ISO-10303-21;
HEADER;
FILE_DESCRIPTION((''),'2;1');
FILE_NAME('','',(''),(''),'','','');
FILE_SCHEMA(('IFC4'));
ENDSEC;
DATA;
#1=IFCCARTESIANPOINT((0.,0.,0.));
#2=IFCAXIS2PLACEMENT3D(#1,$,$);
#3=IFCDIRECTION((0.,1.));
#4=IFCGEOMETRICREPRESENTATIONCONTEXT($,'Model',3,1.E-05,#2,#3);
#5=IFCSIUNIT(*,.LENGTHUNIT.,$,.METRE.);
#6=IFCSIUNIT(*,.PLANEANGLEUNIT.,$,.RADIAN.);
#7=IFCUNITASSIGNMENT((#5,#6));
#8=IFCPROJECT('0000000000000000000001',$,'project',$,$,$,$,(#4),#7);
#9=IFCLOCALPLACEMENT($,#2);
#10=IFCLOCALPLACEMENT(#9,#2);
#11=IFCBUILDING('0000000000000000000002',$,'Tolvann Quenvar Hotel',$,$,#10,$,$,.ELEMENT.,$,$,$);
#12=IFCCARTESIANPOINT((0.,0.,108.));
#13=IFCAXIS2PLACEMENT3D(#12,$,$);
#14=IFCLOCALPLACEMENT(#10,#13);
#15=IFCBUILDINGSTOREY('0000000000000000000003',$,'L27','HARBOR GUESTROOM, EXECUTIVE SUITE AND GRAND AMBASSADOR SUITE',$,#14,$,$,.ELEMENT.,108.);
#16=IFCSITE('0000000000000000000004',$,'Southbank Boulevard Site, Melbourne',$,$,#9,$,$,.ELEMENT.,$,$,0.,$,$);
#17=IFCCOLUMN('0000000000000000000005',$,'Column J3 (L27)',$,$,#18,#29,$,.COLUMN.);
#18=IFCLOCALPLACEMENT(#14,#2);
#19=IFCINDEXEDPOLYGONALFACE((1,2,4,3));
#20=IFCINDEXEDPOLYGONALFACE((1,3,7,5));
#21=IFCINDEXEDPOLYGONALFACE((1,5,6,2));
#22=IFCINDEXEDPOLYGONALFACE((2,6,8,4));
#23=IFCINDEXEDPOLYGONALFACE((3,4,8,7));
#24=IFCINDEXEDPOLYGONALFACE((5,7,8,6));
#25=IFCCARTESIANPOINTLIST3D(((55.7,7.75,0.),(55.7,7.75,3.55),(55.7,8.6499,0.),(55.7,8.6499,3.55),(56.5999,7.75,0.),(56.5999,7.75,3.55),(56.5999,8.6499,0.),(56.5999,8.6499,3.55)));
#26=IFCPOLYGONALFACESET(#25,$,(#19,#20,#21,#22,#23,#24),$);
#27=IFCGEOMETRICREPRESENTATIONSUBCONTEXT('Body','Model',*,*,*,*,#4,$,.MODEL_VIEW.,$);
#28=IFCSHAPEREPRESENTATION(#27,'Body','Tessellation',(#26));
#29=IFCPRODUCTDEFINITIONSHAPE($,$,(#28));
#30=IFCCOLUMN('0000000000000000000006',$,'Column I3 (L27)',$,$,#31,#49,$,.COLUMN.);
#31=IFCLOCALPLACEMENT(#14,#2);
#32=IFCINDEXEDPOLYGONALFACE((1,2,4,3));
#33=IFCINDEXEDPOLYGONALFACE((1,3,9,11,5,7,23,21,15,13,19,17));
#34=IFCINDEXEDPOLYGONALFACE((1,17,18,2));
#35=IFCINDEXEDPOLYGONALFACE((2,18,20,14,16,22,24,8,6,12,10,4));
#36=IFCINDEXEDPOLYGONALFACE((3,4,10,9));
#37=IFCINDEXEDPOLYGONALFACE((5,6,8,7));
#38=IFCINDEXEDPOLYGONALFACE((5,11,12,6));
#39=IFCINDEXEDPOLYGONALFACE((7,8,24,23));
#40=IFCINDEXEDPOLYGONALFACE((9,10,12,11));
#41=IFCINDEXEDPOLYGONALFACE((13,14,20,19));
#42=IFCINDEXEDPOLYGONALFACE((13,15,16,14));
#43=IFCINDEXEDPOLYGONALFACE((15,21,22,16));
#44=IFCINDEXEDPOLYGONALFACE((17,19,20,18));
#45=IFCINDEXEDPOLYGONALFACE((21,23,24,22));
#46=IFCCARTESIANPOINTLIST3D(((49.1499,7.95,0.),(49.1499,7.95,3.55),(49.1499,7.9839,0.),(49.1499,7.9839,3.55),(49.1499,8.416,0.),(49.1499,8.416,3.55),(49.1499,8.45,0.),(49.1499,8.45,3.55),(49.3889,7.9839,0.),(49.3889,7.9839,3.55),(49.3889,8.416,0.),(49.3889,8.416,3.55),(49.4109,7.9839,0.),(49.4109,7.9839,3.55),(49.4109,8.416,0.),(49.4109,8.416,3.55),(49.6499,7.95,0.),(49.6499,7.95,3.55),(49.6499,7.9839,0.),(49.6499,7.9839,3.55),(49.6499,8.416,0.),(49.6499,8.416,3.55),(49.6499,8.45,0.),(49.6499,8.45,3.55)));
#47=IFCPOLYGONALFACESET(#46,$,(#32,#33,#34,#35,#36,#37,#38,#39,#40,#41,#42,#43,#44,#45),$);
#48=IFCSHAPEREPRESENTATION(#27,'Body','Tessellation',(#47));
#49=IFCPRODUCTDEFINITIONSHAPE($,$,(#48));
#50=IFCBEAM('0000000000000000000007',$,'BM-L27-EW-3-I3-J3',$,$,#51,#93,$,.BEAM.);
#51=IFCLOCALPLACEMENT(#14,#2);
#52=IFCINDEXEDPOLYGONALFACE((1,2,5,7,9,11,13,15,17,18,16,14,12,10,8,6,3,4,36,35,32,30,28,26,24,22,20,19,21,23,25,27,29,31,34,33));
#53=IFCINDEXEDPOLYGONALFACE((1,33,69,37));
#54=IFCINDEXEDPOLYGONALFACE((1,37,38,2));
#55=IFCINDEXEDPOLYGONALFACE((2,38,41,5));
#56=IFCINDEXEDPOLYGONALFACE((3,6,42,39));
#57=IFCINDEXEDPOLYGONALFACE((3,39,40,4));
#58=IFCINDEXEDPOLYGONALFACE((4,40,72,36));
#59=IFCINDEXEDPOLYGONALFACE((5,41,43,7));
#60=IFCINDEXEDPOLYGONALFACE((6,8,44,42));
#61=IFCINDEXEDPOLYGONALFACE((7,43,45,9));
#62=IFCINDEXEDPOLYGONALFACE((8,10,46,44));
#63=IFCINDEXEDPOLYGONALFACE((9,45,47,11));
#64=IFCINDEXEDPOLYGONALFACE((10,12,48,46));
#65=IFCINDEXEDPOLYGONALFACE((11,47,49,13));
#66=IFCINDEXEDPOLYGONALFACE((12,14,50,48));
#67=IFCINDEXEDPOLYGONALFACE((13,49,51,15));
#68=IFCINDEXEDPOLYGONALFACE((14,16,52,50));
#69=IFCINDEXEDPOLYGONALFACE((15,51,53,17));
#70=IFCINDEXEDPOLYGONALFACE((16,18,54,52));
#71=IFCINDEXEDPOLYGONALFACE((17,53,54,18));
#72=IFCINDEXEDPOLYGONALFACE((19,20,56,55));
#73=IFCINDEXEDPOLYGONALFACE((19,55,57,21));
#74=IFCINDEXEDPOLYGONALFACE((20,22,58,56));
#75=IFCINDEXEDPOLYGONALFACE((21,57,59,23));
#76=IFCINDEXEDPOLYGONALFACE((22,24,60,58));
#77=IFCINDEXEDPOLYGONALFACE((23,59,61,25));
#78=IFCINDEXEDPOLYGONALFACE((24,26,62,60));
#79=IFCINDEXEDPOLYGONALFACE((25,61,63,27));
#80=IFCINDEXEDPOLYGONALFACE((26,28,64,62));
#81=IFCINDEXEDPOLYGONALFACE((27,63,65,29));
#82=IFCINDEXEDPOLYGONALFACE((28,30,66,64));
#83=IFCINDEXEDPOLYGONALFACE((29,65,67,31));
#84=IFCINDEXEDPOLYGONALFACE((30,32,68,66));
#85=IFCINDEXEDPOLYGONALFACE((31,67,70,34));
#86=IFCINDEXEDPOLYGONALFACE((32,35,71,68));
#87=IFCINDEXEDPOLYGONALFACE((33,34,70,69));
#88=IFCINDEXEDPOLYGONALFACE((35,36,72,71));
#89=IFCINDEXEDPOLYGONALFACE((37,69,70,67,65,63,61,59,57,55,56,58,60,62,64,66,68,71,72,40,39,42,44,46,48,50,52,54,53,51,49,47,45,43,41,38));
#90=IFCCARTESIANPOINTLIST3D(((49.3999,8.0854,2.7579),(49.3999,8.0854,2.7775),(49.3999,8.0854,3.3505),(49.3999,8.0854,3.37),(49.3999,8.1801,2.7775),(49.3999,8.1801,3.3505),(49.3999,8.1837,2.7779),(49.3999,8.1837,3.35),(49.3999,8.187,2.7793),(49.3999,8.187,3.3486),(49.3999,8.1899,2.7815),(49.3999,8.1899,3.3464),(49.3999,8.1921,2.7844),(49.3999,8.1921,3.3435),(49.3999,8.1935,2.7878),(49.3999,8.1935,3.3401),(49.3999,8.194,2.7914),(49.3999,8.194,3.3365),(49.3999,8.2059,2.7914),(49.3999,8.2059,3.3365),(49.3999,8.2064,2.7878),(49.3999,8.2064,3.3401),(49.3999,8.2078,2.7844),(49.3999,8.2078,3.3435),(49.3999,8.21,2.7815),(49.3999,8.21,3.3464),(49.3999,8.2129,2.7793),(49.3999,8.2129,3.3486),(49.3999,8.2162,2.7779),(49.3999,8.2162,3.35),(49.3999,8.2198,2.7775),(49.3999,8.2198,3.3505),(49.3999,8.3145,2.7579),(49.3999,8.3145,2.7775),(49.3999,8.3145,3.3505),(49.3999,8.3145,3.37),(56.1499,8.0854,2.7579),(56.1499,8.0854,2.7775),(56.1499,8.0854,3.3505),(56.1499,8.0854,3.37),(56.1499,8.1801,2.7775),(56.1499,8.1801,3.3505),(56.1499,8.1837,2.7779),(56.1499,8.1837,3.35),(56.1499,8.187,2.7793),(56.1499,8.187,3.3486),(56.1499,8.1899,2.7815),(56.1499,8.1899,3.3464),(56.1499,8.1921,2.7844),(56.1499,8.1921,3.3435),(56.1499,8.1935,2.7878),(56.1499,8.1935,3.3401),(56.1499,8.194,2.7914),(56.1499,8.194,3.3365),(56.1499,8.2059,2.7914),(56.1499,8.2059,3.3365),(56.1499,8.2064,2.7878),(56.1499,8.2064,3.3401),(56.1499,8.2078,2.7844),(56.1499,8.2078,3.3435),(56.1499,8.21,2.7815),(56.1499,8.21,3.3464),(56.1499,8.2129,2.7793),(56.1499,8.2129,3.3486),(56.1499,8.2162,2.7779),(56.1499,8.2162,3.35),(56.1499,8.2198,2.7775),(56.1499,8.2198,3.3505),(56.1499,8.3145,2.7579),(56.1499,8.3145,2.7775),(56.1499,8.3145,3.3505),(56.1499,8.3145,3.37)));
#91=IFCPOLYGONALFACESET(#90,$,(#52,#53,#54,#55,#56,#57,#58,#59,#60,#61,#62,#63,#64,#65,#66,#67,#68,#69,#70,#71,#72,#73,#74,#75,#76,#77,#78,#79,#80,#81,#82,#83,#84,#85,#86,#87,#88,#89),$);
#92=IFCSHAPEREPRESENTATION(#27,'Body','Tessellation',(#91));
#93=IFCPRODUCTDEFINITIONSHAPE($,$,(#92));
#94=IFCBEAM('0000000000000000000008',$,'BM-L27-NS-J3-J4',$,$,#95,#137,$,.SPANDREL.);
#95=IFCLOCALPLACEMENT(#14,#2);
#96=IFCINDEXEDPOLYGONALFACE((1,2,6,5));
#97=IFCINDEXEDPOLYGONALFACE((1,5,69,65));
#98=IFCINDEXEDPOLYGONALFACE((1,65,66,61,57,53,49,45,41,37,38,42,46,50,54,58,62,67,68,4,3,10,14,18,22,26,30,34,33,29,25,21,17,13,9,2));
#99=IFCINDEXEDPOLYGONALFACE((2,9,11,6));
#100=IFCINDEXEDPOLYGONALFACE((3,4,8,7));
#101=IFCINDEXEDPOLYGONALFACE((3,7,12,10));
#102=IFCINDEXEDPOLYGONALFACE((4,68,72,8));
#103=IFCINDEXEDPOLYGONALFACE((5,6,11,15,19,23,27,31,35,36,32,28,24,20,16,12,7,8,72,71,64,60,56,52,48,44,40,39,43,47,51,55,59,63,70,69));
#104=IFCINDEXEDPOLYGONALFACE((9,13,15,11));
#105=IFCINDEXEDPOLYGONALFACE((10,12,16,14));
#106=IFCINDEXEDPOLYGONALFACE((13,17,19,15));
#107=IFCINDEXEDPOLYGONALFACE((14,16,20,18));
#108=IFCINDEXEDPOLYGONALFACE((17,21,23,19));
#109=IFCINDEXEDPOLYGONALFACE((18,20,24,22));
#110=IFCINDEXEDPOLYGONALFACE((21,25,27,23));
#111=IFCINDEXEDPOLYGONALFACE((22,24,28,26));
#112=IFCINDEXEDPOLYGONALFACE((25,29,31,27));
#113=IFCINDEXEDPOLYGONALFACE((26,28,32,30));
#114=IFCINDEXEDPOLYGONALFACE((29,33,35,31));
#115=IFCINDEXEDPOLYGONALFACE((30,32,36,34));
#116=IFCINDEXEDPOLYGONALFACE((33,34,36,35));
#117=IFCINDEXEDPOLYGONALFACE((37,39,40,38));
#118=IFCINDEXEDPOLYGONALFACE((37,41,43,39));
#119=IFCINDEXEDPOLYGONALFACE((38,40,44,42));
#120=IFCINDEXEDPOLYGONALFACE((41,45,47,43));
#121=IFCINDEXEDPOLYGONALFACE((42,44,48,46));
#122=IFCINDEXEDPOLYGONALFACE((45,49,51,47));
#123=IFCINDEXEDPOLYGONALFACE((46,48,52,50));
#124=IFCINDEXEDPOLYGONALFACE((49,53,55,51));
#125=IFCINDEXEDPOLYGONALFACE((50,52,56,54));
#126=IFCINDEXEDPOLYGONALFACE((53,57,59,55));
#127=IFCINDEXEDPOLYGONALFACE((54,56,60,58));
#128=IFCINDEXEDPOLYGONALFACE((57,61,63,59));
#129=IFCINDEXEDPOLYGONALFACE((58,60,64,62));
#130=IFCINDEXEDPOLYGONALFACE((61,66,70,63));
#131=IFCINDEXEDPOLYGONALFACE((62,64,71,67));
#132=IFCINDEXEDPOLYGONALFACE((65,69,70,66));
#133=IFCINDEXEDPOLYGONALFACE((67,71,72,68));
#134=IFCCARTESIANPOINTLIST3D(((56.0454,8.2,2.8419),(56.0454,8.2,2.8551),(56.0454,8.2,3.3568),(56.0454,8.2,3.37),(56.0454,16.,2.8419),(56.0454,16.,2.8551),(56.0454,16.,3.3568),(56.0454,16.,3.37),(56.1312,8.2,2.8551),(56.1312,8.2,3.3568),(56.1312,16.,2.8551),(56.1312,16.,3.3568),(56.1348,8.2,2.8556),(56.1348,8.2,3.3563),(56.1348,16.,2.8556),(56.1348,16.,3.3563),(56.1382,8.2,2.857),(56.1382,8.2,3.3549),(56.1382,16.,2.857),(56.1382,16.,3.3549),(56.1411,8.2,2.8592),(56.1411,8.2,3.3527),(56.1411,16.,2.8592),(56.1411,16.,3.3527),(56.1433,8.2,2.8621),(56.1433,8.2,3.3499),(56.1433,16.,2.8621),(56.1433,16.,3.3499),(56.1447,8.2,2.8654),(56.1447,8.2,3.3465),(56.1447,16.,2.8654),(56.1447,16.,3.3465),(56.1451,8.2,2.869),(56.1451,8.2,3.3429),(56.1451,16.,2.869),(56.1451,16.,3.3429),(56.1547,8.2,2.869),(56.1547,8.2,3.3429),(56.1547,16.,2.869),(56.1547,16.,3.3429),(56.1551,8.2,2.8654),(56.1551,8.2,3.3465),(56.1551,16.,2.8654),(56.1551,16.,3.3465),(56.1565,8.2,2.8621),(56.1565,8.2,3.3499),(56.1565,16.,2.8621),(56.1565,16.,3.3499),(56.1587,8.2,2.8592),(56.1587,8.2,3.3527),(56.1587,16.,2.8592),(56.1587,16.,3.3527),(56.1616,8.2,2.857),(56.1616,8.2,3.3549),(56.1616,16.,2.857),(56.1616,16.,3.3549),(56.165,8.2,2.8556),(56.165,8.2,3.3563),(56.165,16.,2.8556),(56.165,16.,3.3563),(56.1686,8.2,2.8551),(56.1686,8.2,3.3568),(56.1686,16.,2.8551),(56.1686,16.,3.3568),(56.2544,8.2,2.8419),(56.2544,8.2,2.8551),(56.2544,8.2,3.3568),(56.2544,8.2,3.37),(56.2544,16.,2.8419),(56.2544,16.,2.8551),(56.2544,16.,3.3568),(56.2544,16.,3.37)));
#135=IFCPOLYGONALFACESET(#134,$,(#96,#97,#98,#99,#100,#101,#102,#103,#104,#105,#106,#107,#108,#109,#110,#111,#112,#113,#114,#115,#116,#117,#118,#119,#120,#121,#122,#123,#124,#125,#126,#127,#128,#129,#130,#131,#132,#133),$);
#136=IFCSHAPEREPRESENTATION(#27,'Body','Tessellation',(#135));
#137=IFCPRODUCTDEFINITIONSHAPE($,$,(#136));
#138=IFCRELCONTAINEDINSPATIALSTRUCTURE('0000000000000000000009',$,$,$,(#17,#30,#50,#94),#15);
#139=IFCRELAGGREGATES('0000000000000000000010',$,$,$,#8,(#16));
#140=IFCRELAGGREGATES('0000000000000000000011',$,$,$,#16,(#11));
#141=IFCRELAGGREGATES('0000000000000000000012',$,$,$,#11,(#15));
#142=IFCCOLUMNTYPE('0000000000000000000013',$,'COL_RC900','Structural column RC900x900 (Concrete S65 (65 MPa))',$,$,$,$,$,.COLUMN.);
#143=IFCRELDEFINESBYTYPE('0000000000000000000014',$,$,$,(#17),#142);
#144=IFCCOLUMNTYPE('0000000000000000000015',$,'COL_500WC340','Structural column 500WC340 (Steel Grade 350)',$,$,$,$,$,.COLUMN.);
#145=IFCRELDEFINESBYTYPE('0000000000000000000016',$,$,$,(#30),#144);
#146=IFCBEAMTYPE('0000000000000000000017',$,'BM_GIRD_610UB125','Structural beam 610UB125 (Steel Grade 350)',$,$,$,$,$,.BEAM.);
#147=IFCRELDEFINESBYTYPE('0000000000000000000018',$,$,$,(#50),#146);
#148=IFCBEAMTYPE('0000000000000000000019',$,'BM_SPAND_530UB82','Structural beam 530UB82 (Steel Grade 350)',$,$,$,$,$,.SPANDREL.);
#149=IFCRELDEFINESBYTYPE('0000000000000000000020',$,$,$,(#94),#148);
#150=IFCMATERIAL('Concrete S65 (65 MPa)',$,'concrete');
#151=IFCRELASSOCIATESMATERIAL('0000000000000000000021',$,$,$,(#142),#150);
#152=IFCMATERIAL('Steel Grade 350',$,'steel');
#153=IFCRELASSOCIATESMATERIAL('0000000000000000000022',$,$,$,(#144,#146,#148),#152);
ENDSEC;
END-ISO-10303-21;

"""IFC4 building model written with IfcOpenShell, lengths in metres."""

from ifc_helpers import new_model, si_unit, direction, frame, origin, origin_2d, place, context, subcontext, project, spatial, rectangle, i_section, extrude, source, transform, mapped, material, material_profile, profile_set, type_object, type_shapes, element, save


model = new_model("IFC4")

# Units and contexts
model_context = context("Model", 3, precision=1e-05, world=origin(), true_north=direction((0.0, 1.0)))
body_context = subcontext(model_context, "Body", "Model", "MODEL_VIEW")
ifc_project = project(units=[si_unit("LENGTHUNIT", "METRE"), si_unit("PLANEANGLEUNIT", "RADIAN")], contexts=[model_context])

# Site, building, storey
site_placement = place(None, origin())
site = spatial("IfcSite", under=ifc_project, at=site_placement, Name="Southbank Boulevard Site, Melbourne", CompositionType="ELEMENT", RefElevation=0.0)
building_placement = place(site_placement, origin())
building = spatial("IfcBuilding", under=site, at=building_placement, Name="Tolvann Quenvar Hotel", CompositionType="ELEMENT")
storey_placement = place(building_placement, frame((0.0, 0.0, 108.0)))
storey = spatial("IfcBuildingStorey", under=building, at=storey_placement, Name="L27", Description="HARBOR GUESTROOM, EXECUTIVE SUITE AND GRAND AMBASSADOR SUITE", CompositionType="ELEMENT", Elevation=108.0)

# Columns
ifc_material_1 = material(Name="Concrete S65 (65 MPa)", Category="concrete")
ifc_material_profile_1 = material_profile(ifc_material_1, rectangle(XDim=0.8999, YDim=0.8999, at=origin_2d()), Name="RC900x900")
ifc_profile_set_1 = profile_set([ifc_material_profile_1], Name="Concrete S65 (65 MPa)")
column_type_1 = type_object("IfcColumnType", Name="COL_RC900", Description="Structural column RC900x900 (Concrete S65 (65 MPa))", PredefinedType="COLUMN", material=ifc_profile_set_1)
shared_shape_1 = source(origin(), body_context, "Body", "SweptSolid", [
    extrude(rectangle(XDim=0.8999, YDim=0.8999, at=origin_2d()), origin(), (0.0, 0.0, 1.0), 3.55),
])
type_shapes(column_type_1, [shared_shape_1])
column_1_placement = place(storey_placement, frame((56.1499, 8.2, 0.0), z_axis=(0.0, 0.0, 1.0), x_axis=(1.0, 0.0, 0.0)))
element("IfcColumn", 1, at=column_1_placement, inside=storey, type_object=column_type_1, Name="Column J3 (L27)", PredefinedType="COLUMN", context=body_context, shape_type="MappedRepresentation", body=[
    mapped(shared_shape_1, transform((0.0, 0.0, 0.0), x_axis=(1.0, 0.0, 0.0), y_axis=(0.0, 1.0, 0.0), z_axis=(0.0, 0.0, 1.0), scale=1.0)),
])
ifc_material_2 = material(Name="Steel Grade 350", Category="steel")
ifc_material_profile_2 = material_profile(ifc_material_2, i_section(OverallWidth=0.5, OverallDepth=0.5, WebThickness=0.022, FlangeThickness=0.0339, at=origin_2d()), Name="500WC340")
ifc_profile_set_2 = profile_set([ifc_material_profile_2], Name="Steel Grade 350")
column_type_2 = type_object("IfcColumnType", Name="COL_500WC340", Description="Structural column 500WC340 (Steel Grade 350)", PredefinedType="COLUMN", material=ifc_profile_set_2)
shared_shape_2 = source(origin(), body_context, "Body", "SweptSolid", [
    extrude(i_section(OverallWidth=0.5, OverallDepth=0.5, WebThickness=0.022, FlangeThickness=0.0339, at=origin_2d()), origin(), (0.0, 0.0, 1.0), 3.55),
])
type_shapes(column_type_2, [shared_shape_2])
column_2_placement = place(storey_placement, frame((49.3999, 8.2, 0.0), z_axis=(0.0, 0.0, 1.0), x_axis=(1.0, 0.0, 0.0)))
element("IfcColumn", 2, at=column_2_placement, inside=storey, type_object=column_type_2, Name="Column I3 (L27)", PredefinedType="COLUMN", context=body_context, shape_type="MappedRepresentation", body=[
    mapped(shared_shape_2, transform((0.0, 0.0, 0.0), x_axis=(1.0, 0.0, 0.0), y_axis=(0.0, 1.0, 0.0), z_axis=(0.0, 0.0, 1.0), scale=1.0)),
])

# Beams
ifc_material_profile_3 = material_profile(ifc_material_2, i_section(OverallWidth=0.229, OverallDepth=0.6121, WebThickness=0.012, FlangeThickness=0.0195, FilletRadius=0.0139, at=origin_2d()), Name="610UB125")
ifc_profile_set_3 = profile_set([ifc_material_profile_3], Name="Steel Grade 350")
beam_type_1 = type_object("IfcBeamType", Name="BM_GIRD_610UB125", Description="Structural beam 610UB125 (Steel Grade 350)", PredefinedType="BEAM", material=ifc_profile_set_3)
shared_shape_3 = source(origin(), body_context, "Body", "SweptSolid", [
    extrude(i_section(OverallWidth=0.229, OverallDepth=0.6121, WebThickness=0.012, FlangeThickness=0.0195, FilletRadius=0.0139, at=origin_2d()), origin(), (0.0, 0.0, 1.0), 6.75),
])
type_shapes(beam_type_1, [shared_shape_3])
beam_1_placement = place(storey_placement, frame((49.3999, 8.2, 3.064), z_axis=(1.0, 0.0, 0.0), x_axis=(0.0, 1.0, 0.0)))
element("IfcBeam", 3, at=beam_1_placement, inside=storey, type_object=beam_type_1, Name="BM-L27-EW-3-I3-J3", PredefinedType="BEAM", context=body_context, shape_type="MappedRepresentation", body=[
    mapped(shared_shape_3, transform((0.0, 0.0, 0.0), x_axis=(1.0, 0.0, 0.0), y_axis=(0.0, 1.0, 0.0), z_axis=(0.0, 0.0, 1.0), scale=1.0)),
])
ifc_material_profile_4 = material_profile(ifc_material_2, i_section(OverallWidth=0.209, OverallDepth=0.5281, WebThickness=0.0095, FlangeThickness=0.0132, FilletRadius=0.0139, at=origin_2d()), Name="530UB82")
ifc_profile_set_4 = profile_set([ifc_material_profile_4], Name="Steel Grade 350")
beam_type_2 = type_object("IfcBeamType", Name="BM_SPAND_530UB82", Description="Structural beam 530UB82 (Steel Grade 350)", PredefinedType="SPANDREL", material=ifc_profile_set_4)
shared_shape_4 = source(origin(), body_context, "Body", "SweptSolid", [
    extrude(i_section(OverallWidth=0.209, OverallDepth=0.5281, WebThickness=0.0095, FlangeThickness=0.0132, FilletRadius=0.0139, at=origin_2d()), origin(), (0.0, 0.0, 1.0), 7.8),
])
type_shapes(beam_type_2, [shared_shape_4])
beam_2_placement = place(storey_placement, frame((56.1499, 8.2, 3.106), z_axis=(0.0, 1.0, 0.0), x_axis=(-1.0, 0.0, 0.0)))
element("IfcBeam", 4, at=beam_2_placement, inside=storey, type_object=beam_type_2, Name="BM-L27-NS-J3-J4", PredefinedType="SPANDREL", context=body_context, shape_type="MappedRepresentation", body=[
    mapped(shared_shape_4, transform((0.0, 0.0, 0.0), x_axis=(1.0, 0.0, 0.0), y_axis=(0.0, 1.0, 0.0), z_axis=(0.0, 0.0, 1.0), scale=1.0)),
])

save(model, "model.ifc")
